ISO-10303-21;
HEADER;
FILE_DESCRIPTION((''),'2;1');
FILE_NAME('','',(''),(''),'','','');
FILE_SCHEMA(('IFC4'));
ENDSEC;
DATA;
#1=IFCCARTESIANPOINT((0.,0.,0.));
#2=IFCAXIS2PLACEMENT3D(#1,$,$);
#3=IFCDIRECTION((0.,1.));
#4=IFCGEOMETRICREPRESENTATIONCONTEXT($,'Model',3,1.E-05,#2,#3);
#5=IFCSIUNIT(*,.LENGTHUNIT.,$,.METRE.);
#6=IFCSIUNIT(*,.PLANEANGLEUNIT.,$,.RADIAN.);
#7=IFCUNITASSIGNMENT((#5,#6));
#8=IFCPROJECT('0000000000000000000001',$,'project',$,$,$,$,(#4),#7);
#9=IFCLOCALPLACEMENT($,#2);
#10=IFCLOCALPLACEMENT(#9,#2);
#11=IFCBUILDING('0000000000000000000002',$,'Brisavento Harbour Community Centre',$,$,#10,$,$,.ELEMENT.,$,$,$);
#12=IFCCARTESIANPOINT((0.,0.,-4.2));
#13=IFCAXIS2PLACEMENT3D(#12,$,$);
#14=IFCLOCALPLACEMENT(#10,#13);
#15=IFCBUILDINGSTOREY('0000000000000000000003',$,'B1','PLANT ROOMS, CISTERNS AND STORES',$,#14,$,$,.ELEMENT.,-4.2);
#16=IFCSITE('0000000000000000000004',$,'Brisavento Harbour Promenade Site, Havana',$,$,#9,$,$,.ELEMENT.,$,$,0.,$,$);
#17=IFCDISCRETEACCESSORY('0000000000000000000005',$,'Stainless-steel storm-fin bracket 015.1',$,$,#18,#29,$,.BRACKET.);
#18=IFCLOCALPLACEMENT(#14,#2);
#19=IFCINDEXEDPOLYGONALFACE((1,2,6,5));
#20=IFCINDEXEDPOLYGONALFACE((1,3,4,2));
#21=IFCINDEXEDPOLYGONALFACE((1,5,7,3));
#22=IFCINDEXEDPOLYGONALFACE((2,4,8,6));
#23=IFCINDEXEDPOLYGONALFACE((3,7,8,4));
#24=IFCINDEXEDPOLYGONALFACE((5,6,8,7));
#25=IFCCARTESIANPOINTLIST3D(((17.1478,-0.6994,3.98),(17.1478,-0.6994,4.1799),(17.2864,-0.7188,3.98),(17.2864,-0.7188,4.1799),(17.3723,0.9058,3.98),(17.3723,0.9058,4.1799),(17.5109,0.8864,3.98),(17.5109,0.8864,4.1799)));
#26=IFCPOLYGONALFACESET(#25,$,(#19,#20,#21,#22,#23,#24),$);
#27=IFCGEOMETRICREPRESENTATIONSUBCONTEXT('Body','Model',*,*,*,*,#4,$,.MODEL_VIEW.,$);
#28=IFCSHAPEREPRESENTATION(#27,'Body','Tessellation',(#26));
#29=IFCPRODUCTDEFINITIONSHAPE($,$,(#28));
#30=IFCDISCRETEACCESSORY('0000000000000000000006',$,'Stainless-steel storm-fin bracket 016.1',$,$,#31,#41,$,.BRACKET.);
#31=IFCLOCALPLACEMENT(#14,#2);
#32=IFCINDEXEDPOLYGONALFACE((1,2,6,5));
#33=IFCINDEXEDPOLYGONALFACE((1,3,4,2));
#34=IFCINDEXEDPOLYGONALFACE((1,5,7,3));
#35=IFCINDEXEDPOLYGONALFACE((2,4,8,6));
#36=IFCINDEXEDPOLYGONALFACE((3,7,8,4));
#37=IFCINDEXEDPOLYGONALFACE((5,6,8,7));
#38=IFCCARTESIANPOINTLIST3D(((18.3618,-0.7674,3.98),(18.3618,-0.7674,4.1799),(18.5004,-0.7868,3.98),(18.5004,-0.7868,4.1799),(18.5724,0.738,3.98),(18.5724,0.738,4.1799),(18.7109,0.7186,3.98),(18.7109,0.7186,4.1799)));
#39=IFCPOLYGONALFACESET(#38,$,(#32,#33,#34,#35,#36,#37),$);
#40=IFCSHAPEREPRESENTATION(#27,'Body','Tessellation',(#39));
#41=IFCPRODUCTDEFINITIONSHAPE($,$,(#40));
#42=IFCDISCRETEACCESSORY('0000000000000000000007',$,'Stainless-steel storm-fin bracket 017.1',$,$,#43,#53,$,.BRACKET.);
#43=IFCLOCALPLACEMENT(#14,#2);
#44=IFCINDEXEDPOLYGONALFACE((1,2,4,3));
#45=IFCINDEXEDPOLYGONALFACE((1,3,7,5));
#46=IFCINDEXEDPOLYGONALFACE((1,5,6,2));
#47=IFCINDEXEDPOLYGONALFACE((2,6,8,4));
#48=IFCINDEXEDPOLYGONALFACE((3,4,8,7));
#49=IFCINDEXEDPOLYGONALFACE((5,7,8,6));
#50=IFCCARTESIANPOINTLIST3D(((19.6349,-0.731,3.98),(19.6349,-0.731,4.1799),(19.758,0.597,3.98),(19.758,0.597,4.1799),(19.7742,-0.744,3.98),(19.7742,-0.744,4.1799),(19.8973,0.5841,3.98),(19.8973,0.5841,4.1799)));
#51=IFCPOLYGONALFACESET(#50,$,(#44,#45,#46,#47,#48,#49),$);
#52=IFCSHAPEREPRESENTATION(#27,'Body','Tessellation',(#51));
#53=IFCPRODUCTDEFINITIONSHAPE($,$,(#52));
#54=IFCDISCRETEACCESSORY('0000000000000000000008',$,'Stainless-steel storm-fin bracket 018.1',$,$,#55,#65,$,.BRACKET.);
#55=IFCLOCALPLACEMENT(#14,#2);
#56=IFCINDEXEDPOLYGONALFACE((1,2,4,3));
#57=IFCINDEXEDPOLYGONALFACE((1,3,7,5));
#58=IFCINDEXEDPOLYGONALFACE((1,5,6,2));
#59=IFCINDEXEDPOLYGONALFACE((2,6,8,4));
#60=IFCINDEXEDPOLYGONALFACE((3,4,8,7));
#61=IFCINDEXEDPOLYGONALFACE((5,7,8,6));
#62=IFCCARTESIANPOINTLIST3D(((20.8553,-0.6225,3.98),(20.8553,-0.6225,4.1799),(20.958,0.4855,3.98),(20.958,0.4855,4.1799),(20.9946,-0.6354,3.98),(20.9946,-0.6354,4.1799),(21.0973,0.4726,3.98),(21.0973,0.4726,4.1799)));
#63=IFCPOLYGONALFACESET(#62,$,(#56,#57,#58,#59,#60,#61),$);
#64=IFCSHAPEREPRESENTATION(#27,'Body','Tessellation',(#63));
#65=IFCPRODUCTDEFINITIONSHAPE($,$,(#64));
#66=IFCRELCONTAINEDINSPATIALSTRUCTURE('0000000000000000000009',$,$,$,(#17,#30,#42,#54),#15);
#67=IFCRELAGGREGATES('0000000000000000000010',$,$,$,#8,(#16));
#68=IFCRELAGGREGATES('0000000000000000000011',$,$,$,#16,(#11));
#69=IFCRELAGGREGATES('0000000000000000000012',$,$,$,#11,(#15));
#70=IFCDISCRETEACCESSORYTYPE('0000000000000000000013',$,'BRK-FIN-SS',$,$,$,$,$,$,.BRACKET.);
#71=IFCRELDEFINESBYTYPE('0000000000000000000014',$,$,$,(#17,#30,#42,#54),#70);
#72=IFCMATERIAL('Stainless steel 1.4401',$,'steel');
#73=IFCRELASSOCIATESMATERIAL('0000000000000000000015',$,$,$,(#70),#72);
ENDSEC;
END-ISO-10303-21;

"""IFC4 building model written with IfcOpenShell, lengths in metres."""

from ifc_helpers import new_model, si_unit, direction, frame, origin, origin_2d, place, context, subcontext, project, spatial, rectangle, extrude, material, type_object, element, save


model = new_model("IFC4")

# Units and contexts
model_context = context("Model", 3, precision=1e-05, world=origin(), true_north=direction((0.0, 1.0)))
body_context = subcontext(model_context, "Body", "Model", "MODEL_VIEW")
ifc_project = project(units=[si_unit("LENGTHUNIT", "METRE"), si_unit("PLANEANGLEUNIT", "RADIAN")], contexts=[model_context])

# Site, building, storey
site_placement = place(None, origin())
site = spatial("IfcSite", under=ifc_project, at=site_placement, Name="Brisavento Harbour Promenade Site, Havana", CompositionType="ELEMENT", RefElevation=0.0)
building_placement = place(site_placement, origin())
building = spatial("IfcBuilding", under=site, at=building_placement, Name="Brisavento Harbour Community Centre", CompositionType="ELEMENT")
storey_placement = place(building_placement, frame((0.0, 0.0, -4.2)))
storey = spatial("IfcBuildingStorey", under=building, at=storey_placement, Name="B1", Description="PLANT ROOMS, CISTERNS AND STORES", CompositionType="ELEMENT", Elevation=-4.2)

# Discrete accessories
ifc_material_1 = material(Name="Stainless steel 1.4401", Category="steel")
discrete_accessory_type = type_object("IfcDiscreteAccessoryType", Name="BRK-FIN-SS", PredefinedType="BRACKET", material=ifc_material_1)
discrete_accessory_1_placement = place(storey_placement, frame((17.3293, 0.0935, 3.98), z_axis=(0.0, 0.0, 1.0), x_axis=(-0.138499, -0.990363, 0.0)))
element("IfcDiscreteAccessory", 1, at=discrete_accessory_1_placement, inside=storey, type_object=discrete_accessory_type, Name="Stainless-steel storm-fin bracket 015.1", PredefinedType="BRACKET", context=body_context, shape_type="SweptSolid", body=[
    extrude(rectangle(XDim=1.6208, YDim=0.1399, at=origin_2d()), origin(), (0.0, 0.0, 1.0), 0.2),
])
discrete_accessory_2_placement = place(storey_placement, frame((18.5364, -0.0244, 3.98), z_axis=(0.0, 0.0, 1.0), x_axis=(-0.138499, -0.990363, 0.0)))
element("IfcDiscreteAccessory", 2, at=discrete_accessory_2_placement, inside=storey, type_object=discrete_accessory_type, Name="Stainless-steel storm-fin bracket 016.1", PredefinedType="BRACKET", context=body_context, shape_type="SweptSolid", body=[
    extrude(rectangle(XDim=1.52, YDim=0.1399, at=origin_2d()), origin(), (0.0, 0.0, 1.0), 0.2),
])
discrete_accessory_3_placement = place(storey_placement, frame((19.7661, -0.0735, 3.98), z_axis=(0.0, 0.0, 1.0), x_axis=(-0.092336, -0.995728, 0.0)))
element("IfcDiscreteAccessory", 3, at=discrete_accessory_3_placement, inside=storey, type_object=discrete_accessory_type, Name="Stainless-steel storm-fin bracket 017.1", PredefinedType="BRACKET", context=body_context, shape_type="SweptSolid", body=[
    extrude(rectangle(XDim=1.3337, YDim=0.1399, at=origin_2d()), origin(), (0.0, 0.0, 1.0), 0.2),
])
discrete_accessory_4_placement = place(storey_placement, frame((20.9763, -0.075, 3.98), z_axis=(0.0, 0.0, 1.0), x_axis=(-0.092336, -0.995728, 0.0)))
element("IfcDiscreteAccessory", 4, at=discrete_accessory_4_placement, inside=storey, type_object=discrete_accessory_type, Name="Stainless-steel storm-fin bracket 018.1", PredefinedType="BRACKET", context=body_context, shape_type="SweptSolid", body=[
    extrude(rectangle(XDim=1.1128, YDim=0.1399, at=origin_2d()), origin(), (0.0, 0.0, 1.0), 0.2),
])

save(model, "model.ifc")
